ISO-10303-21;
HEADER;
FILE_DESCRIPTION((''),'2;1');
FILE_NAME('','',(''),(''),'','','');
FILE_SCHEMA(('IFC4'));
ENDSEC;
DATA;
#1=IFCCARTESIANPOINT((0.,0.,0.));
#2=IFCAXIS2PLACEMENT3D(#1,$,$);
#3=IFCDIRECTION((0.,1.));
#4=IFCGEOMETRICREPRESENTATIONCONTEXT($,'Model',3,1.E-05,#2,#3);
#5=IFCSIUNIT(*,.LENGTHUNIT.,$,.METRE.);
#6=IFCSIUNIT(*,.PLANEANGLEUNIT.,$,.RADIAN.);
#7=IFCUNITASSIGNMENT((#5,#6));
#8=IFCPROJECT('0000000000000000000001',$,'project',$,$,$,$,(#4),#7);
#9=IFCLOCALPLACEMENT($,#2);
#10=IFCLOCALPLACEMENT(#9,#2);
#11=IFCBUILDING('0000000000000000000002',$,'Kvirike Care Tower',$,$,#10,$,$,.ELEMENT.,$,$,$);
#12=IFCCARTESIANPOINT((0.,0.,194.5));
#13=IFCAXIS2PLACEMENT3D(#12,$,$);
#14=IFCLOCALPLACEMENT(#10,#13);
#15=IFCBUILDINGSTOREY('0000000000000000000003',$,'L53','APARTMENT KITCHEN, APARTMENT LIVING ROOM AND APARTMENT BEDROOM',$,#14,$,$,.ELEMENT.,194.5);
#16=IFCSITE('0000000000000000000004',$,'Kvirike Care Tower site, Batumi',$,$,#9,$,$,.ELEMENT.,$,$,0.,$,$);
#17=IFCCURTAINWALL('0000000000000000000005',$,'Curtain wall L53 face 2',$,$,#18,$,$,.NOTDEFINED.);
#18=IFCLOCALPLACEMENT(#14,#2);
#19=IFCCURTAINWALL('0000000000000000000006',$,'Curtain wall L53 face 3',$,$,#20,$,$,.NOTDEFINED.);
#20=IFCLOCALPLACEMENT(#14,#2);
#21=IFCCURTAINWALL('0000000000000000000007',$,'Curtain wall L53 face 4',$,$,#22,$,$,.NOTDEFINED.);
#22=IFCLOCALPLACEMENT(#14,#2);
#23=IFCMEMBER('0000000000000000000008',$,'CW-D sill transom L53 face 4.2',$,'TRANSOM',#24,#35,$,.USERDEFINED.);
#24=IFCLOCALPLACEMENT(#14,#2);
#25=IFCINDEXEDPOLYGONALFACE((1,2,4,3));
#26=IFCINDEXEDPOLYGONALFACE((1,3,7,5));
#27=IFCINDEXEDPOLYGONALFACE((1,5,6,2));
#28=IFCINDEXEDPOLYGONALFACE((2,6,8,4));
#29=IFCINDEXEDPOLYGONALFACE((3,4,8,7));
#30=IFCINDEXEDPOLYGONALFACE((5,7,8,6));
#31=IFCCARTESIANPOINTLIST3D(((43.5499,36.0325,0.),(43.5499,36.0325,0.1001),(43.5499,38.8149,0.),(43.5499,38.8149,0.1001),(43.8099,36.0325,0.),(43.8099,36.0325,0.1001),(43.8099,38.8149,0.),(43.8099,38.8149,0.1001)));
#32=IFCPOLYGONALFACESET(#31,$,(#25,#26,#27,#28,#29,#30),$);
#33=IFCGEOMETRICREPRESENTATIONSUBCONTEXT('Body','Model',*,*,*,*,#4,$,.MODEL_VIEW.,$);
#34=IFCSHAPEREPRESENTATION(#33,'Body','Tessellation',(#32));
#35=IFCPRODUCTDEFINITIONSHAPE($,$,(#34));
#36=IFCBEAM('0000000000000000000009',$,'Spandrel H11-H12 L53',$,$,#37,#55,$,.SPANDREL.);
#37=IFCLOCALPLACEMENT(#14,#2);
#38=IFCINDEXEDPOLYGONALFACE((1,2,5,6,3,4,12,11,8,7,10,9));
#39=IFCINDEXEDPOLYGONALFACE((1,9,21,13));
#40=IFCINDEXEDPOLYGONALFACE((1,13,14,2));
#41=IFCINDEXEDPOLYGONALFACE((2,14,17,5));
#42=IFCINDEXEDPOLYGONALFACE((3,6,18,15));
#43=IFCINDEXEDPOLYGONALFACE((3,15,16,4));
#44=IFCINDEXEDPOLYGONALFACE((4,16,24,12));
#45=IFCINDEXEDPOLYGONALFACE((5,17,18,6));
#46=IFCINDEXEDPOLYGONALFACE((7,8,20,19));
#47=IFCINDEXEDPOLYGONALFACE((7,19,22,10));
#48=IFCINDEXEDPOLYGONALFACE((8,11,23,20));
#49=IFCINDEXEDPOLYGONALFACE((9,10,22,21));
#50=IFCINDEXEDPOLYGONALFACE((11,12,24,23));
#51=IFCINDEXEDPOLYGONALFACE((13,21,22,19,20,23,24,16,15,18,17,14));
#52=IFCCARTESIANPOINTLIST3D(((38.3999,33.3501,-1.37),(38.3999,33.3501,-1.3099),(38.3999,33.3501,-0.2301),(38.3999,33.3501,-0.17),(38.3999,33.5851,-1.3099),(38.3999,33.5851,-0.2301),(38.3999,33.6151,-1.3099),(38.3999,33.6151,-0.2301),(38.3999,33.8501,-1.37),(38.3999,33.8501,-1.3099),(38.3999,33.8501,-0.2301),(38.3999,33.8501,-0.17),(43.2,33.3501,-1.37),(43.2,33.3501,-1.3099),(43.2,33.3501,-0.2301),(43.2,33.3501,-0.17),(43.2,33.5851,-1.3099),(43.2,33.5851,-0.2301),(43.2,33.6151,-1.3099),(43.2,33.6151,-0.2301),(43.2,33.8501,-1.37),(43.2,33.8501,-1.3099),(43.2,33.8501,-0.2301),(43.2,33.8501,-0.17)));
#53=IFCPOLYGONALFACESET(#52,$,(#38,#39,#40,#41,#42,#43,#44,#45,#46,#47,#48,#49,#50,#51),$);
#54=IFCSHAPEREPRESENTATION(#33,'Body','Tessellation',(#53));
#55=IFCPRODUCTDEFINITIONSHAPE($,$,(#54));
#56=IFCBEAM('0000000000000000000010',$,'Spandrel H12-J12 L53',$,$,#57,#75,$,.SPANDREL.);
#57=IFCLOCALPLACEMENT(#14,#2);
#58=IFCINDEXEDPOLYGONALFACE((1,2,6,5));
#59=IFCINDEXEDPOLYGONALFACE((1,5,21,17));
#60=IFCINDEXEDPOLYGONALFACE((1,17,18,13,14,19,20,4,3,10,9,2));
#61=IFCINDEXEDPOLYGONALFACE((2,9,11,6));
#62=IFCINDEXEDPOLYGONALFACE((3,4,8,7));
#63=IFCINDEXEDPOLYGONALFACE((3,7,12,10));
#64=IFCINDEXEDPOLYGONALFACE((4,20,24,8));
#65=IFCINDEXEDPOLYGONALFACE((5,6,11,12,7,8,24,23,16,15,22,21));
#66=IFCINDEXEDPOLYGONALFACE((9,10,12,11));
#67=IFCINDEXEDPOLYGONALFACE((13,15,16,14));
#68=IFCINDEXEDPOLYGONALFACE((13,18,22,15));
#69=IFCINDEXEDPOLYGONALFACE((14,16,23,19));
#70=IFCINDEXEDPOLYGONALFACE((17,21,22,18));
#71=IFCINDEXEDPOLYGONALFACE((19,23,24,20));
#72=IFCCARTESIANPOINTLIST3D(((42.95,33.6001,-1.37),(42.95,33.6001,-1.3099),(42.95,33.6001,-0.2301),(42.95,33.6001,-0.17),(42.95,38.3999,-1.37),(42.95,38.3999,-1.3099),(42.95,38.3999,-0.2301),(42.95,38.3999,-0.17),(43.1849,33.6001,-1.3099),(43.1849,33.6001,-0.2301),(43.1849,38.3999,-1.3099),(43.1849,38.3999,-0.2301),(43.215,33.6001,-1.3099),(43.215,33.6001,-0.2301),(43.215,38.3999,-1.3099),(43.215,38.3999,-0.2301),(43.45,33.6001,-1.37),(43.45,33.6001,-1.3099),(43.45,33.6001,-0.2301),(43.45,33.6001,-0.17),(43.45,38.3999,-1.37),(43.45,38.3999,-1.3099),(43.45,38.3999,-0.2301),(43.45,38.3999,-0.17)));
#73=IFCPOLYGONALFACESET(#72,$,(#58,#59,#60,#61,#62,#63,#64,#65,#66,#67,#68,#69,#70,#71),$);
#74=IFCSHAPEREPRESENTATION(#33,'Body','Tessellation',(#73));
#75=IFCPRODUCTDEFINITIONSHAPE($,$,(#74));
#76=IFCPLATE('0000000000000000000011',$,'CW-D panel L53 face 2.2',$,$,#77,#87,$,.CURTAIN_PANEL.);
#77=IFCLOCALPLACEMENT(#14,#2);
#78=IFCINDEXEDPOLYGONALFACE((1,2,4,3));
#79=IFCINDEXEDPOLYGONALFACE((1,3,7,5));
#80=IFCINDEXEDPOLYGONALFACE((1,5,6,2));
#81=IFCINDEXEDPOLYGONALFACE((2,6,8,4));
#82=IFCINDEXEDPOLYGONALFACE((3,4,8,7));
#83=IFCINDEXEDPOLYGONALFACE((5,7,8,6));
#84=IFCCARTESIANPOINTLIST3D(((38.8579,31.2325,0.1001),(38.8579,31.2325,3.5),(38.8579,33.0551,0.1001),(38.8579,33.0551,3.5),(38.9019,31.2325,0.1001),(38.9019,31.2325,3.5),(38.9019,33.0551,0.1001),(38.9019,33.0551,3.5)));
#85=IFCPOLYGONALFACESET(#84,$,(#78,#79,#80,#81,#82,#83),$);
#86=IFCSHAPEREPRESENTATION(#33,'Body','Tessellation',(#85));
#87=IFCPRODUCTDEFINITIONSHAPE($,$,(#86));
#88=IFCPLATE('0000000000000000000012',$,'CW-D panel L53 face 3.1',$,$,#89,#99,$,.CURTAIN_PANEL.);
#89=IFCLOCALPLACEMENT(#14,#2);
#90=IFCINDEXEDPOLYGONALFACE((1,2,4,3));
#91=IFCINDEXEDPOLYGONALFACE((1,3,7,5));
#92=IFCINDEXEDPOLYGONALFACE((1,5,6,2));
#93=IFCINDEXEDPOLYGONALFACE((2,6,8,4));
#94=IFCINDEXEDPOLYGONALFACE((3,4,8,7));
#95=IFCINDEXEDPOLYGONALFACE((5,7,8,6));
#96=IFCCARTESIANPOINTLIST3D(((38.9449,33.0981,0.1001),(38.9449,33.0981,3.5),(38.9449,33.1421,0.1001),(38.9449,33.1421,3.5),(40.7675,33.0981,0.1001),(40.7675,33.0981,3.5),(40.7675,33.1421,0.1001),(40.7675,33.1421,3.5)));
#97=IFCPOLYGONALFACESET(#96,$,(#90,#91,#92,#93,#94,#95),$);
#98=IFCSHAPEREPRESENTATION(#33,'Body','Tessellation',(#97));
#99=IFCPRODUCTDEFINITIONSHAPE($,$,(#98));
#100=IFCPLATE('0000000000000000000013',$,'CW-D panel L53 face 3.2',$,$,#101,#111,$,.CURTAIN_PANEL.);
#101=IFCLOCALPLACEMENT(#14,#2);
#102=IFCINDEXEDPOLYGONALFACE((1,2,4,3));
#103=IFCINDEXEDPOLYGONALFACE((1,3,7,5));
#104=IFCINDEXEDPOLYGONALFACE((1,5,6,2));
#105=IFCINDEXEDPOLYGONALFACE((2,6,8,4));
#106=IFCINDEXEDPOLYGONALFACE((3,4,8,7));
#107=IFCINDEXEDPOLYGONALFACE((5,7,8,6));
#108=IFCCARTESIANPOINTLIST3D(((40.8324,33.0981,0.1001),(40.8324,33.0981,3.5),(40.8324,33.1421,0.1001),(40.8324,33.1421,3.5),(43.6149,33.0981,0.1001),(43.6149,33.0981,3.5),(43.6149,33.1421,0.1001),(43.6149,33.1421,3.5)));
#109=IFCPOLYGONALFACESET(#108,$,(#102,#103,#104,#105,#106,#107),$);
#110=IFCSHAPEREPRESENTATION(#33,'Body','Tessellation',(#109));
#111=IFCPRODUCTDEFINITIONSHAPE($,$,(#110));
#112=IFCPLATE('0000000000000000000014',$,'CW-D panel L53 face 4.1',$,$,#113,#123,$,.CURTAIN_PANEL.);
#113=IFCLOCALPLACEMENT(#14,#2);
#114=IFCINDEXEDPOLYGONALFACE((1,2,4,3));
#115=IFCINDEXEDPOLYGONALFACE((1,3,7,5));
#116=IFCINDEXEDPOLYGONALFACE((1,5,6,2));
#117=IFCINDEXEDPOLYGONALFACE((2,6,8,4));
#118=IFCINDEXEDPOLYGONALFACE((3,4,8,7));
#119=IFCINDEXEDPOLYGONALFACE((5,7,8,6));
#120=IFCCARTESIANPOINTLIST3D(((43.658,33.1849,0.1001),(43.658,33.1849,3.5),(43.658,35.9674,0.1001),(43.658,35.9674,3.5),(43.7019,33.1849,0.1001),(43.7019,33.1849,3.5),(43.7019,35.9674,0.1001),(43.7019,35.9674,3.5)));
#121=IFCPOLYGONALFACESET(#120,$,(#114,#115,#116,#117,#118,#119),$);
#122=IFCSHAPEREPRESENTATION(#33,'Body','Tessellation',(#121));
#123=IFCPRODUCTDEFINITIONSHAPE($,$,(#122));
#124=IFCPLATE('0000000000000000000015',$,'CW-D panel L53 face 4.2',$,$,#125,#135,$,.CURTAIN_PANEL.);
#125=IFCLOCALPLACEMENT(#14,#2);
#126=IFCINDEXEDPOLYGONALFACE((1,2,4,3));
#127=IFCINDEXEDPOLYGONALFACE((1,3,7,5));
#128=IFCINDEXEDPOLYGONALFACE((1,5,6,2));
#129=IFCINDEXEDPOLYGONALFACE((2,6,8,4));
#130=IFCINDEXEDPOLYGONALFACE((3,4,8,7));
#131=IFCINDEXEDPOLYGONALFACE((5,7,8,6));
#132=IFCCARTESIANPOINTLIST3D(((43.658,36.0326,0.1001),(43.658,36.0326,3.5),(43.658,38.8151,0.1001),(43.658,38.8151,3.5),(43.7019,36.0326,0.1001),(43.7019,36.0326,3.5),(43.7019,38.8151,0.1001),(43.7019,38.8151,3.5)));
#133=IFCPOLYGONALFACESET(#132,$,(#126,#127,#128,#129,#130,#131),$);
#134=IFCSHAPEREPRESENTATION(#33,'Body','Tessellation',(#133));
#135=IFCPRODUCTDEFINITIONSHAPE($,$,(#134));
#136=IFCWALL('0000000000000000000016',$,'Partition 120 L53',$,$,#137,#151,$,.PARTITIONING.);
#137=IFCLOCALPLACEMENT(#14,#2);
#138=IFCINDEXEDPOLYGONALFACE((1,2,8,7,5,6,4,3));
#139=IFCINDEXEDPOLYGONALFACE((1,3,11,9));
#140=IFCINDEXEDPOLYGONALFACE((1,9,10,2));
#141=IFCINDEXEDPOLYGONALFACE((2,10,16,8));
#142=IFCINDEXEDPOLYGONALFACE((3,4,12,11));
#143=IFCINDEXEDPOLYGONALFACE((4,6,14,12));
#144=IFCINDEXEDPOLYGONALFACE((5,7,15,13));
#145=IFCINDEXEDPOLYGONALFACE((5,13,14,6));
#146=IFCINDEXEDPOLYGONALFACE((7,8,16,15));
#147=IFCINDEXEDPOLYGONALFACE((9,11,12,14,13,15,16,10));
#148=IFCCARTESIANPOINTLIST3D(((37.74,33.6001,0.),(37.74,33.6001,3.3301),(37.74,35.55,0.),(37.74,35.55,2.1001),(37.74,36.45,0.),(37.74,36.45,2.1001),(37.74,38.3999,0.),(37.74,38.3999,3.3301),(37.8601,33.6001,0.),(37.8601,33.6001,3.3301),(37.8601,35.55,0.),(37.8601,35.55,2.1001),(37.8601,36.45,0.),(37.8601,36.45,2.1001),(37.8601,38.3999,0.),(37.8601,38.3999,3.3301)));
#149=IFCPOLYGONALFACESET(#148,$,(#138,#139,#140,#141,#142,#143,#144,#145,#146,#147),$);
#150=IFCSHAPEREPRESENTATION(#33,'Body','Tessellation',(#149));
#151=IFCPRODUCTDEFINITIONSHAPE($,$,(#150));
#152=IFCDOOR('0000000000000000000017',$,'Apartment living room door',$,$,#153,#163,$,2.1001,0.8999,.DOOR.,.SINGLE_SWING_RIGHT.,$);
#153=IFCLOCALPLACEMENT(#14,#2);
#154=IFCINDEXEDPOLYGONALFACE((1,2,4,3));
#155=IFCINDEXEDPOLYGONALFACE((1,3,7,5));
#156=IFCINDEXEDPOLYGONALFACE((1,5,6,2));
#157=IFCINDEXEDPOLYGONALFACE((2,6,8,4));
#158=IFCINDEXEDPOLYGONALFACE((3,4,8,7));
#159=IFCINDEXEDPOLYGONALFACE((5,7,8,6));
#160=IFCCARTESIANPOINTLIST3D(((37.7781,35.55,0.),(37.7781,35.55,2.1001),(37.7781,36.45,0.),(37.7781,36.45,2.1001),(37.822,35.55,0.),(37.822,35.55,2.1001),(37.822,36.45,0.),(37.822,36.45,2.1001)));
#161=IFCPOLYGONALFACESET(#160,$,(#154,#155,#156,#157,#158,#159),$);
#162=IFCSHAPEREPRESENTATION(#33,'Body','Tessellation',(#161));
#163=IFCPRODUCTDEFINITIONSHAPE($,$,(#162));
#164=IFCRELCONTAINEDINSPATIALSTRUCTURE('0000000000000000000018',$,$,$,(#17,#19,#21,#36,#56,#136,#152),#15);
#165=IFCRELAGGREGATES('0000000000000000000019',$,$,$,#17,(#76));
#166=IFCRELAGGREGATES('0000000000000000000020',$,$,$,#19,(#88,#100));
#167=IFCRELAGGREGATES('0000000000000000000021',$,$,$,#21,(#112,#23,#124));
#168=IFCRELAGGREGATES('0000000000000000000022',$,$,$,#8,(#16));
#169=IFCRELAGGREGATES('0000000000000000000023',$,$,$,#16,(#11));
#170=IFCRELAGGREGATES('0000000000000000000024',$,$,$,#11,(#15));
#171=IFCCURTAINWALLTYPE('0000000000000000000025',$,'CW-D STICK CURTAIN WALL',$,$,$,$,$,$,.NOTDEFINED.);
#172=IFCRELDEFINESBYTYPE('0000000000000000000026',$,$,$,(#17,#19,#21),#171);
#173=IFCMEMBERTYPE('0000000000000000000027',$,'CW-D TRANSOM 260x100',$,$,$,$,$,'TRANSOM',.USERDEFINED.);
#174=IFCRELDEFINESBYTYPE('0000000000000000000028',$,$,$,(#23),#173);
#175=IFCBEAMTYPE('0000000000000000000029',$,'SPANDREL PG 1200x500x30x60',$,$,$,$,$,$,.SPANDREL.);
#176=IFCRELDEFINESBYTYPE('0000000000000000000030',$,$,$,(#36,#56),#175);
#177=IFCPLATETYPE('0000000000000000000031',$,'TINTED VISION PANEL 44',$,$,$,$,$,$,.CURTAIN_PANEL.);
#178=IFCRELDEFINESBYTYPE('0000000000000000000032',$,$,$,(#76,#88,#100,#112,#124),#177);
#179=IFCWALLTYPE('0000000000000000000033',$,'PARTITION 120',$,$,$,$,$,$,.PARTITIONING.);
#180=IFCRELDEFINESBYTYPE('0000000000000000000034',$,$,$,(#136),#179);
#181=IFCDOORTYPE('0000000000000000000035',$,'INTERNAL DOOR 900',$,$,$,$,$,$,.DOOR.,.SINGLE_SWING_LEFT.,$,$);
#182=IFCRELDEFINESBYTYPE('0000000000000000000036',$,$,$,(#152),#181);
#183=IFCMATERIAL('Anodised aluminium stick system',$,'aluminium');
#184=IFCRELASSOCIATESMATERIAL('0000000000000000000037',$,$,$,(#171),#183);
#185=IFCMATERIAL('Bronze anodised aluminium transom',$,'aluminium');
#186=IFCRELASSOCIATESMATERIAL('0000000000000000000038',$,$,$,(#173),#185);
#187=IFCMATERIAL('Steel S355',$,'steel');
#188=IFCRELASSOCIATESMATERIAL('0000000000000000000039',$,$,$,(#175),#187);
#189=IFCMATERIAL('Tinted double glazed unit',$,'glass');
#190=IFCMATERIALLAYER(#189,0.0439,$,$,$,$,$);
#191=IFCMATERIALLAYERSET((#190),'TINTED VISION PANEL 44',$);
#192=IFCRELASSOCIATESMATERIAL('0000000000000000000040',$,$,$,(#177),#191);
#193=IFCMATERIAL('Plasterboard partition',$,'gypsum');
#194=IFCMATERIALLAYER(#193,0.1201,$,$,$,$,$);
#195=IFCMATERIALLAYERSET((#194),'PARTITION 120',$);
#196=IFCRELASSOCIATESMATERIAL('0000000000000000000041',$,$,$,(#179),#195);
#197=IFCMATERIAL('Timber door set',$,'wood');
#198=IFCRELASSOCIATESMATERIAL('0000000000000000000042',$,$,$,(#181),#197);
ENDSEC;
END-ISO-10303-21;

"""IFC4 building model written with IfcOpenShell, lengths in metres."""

from ifc_helpers import new_model, si_unit, direction, frame, frame_2d, origin, origin_2d, place, context, subcontext, project, spatial, rectangle, i_section, extrude, material, layer, layer_set, material_profile, profile_set, type_object, element, fill, aggregate, save


model = new_model("IFC4")

# Units and contexts
model_context = context("Model", 3, precision=1e-05, world=origin(), true_north=direction((0.0, 1.0)))
body_context = subcontext(model_context, "Body", "Model", "MODEL_VIEW")
ifc_project = project(units=[si_unit("LENGTHUNIT", "METRE"), si_unit("PLANEANGLEUNIT", "RADIAN")], contexts=[model_context])

# Site, building, storey
site_placement = place(None, origin())
site = spatial("IfcSite", under=ifc_project, at=site_placement, Name="Kvirike Care Tower site, Batumi", CompositionType="ELEMENT", RefElevation=0.0)
building_placement = place(site_placement, origin())
building = spatial("IfcBuilding", under=site, at=building_placement, Name="Kvirike Care Tower", CompositionType="ELEMENT")
storey_placement = place(building_placement, frame((0.0, 0.0, 194.5)))
storey = spatial("IfcBuildingStorey", under=building, at=storey_placement, Name="L53", Description="APARTMENT KITCHEN, APARTMENT LIVING ROOM AND APARTMENT BEDROOM", CompositionType="ELEMENT", Elevation=194.5)

# Curtain wall
ifc_material_1 = material(Name="Anodised aluminium stick system", Category="aluminium")
curtain_wall_type = type_object("IfcCurtainWallType", Name="CW-D STICK CURTAIN WALL", PredefinedType="NOTDEFINED", material=ifc_material_1)
curtain_wall_1_placement = place(storey_placement, origin())
curtain_wall_1 = element("IfcCurtainWall", 1, at=curtain_wall_1_placement, inside=storey, type_object=curtain_wall_type, Name="Curtain wall L53 face 2", PredefinedType="NOTDEFINED")

# Curtain walls
curtain_wall_2_placement = place(storey_placement, origin())
curtain_wall_2 = element("IfcCurtainWall", 2, at=curtain_wall_2_placement, inside=storey, type_object=curtain_wall_type, Name="Curtain wall L53 face 3", PredefinedType="NOTDEFINED")
curtain_wall_3_placement = place(storey_placement, origin())
curtain_wall_3 = element("IfcCurtainWall", 3, at=curtain_wall_3_placement, inside=storey, type_object=curtain_wall_type, Name="Curtain wall L53 face 4", PredefinedType="NOTDEFINED")

# Member
ifc_material_2 = material(Name="Bronze anodised aluminium transom", Category="aluminium")
ifc_material_profile_1 = material_profile(ifc_material_2, rectangle(XDim=0.26, YDim=0.1001, at=origin_2d()), Name="CW-D TRANSOM 260x100")
ifc_profile_set_1 = profile_set([ifc_material_profile_1], Name="Bronze anodised aluminium transom")
member_type_1 = type_object("IfcMemberType", Name="CW-D TRANSOM 260x100", ElementType="TRANSOM", PredefinedType="USERDEFINED", material=ifc_profile_set_1)
member_1_placement = place(storey_placement, frame((43.6799, 36.0325, 0.05), z_axis=(0.0, 1.0, 0.0), x_axis=(-1.0, 0.0, 0.0)))
member_1 = element("IfcMember", 4, at=member_1_placement, type_object=member_type_1, Name="CW-D sill transom L53 face 4.2", ObjectType="TRANSOM", PredefinedType="USERDEFINED", context=body_context, shape_type="SweptSolid", body=[
    extrude(rectangle(XDim=0.26, YDim=0.1001, at=origin_2d()), origin(), (0.0, 0.0, 1.0), 2.7825),
])

# Beams
ifc_material_3 = material(Name="Steel S355", Category="steel")
ifc_material_profile_2 = material_profile(ifc_material_3, i_section(OverallWidth=0.5, OverallDepth=1.2, WebThickness=0.03, FlangeThickness=0.0601, at=origin_2d()), Name="PG 1200x500x30x60")
ifc_profile_set_2 = profile_set([ifc_material_profile_2], Name="Steel S355")
beam_type = type_object("IfcBeamType", Name="SPANDREL PG 1200x500x30x60", PredefinedType="SPANDREL", material=ifc_profile_set_2)
beam_1_placement = place(storey_placement, frame((38.3999, 33.6001, -0.77), z_axis=(1.0, 0.0, 0.0), x_axis=(0.0, 1.0, 0.0)))
element("IfcBeam", 5, at=beam_1_placement, inside=storey, type_object=beam_type, Name="Spandrel H11-H12 L53", PredefinedType="SPANDREL", context=body_context, shape_type="SweptSolid", body=[
    extrude(i_section(OverallWidth=0.5, OverallDepth=1.2, WebThickness=0.03, FlangeThickness=0.0601, at=origin_2d()), origin(), (0.0, 0.0, 1.0), 4.8),
])
beam_2_placement = place(storey_placement, frame((43.2, 33.6001, -0.77), z_axis=(0.0, 1.0, 0.0), x_axis=(-1.0, 0.0, 0.0)))
element("IfcBeam", 6, at=beam_2_placement, inside=storey, type_object=beam_type, Name="Spandrel H12-J12 L53", PredefinedType="SPANDREL", context=body_context, shape_type="SweptSolid", body=[
    extrude(i_section(OverallWidth=0.5, OverallDepth=1.2, WebThickness=0.03, FlangeThickness=0.0601, at=origin_2d()), origin(), (0.0, 0.0, 1.0), 4.7998),
])

# Plates
ifc_material_4 = material(Name="Tinted double glazed unit", Category="glass")
ifc_layer_1 = layer(ifc_material_4, 0.0439)
ifc_layer_set_1 = layer_set([ifc_layer_1], Name="TINTED VISION PANEL 44")
plate_type = type_object("IfcPlateType", Name="TINTED VISION PANEL 44", PredefinedType="CURTAIN_PANEL", material=ifc_layer_set_1)
plate_1_placement = place(storey_placement, frame((38.8799, 32.1438, 0.1001), z_axis=(0.0, 0.0, 1.0), x_axis=(0.0, 1.0, 0.0)))
plate_1 = element("IfcPlate", 7, at=plate_1_placement, type_object=plate_type, Name="CW-D panel L53 face 2.2", PredefinedType="CURTAIN_PANEL", context=body_context, shape_type="SweptSolid", body=[
    extrude(rectangle(XDim=1.8225, YDim=0.0439, at=origin_2d()), origin(), (0.0, 0.0, 1.0), 3.3999),
])
aggregate(curtain_wall_1, [plate_1])
plate_2_placement = place(storey_placement, frame((39.8562, 33.1201, 0.1001), z_axis=(0.0, 0.0, 1.0), x_axis=(1.0, 0.0, 0.0)))
plate_2 = element("IfcPlate", 8, at=plate_2_placement, type_object=plate_type, Name="CW-D panel L53 face 3.1", PredefinedType="CURTAIN_PANEL", context=body_context, shape_type="SweptSolid", body=[
    extrude(rectangle(XDim=1.8225, YDim=0.0439, at=origin_2d()), origin(), (0.0, 0.0, 1.0), 3.3999),
])
plate_3_placement = place(storey_placement, frame((42.2236, 33.1201, 0.1001), z_axis=(0.0, 0.0, 1.0), x_axis=(1.0, 0.0, 0.0)))
plate_3 = element("IfcPlate", 9, at=plate_3_placement, type_object=plate_type, Name="CW-D panel L53 face 3.2", PredefinedType="CURTAIN_PANEL", context=body_context, shape_type="SweptSolid", body=[
    extrude(rectangle(XDim=2.7825, YDim=0.0439, at=origin_2d()), origin(), (0.0, 0.0, 1.0), 3.3999),
])
aggregate(curtain_wall_2, [plate_2, plate_3])
plate_4_placement = place(storey_placement, frame((43.6799, 34.5762, 0.1001), z_axis=(0.0, 0.0, 1.0), x_axis=(0.0, 1.0, 0.0)))
plate_4 = element("IfcPlate", 10, at=plate_4_placement, type_object=plate_type, Name="CW-D panel L53 face 4.1", PredefinedType="CURTAIN_PANEL", context=body_context, shape_type="SweptSolid", body=[
    extrude(rectangle(XDim=2.7825, YDim=0.0439, at=origin_2d()), origin(), (0.0, 0.0, 1.0), 3.3999),
])
plate_5_placement = place(storey_placement, frame((43.6799, 37.4238, 0.1001), z_axis=(0.0, 0.0, 1.0), x_axis=(0.0, 1.0, 0.0)))
plate_5 = element("IfcPlate", 11, at=plate_5_placement, type_object=plate_type, Name="CW-D panel L53 face 4.2", PredefinedType="CURTAIN_PANEL", context=body_context, shape_type="SweptSolid", body=[
    extrude(rectangle(XDim=2.7825, YDim=0.0439, at=origin_2d()), origin(), (0.0, 0.0, 1.0), 3.3999),
])
aggregate(curtain_wall_3, [plate_4, member_1, plate_5])

# Wall, opening, door
ifc_material_5 = material(Name="Plasterboard partition", Category="gypsum")
ifc_layer_2 = layer(ifc_material_5, 0.1201)
ifc_layer_set_2 = layer_set([ifc_layer_2], Name="PARTITION 120")
wall_type_1 = type_object("IfcWallType", Name="PARTITION 120", PredefinedType="PARTITIONING", material=ifc_layer_set_2)
wall_1_placement = place(storey_placement, frame((37.8, 33.6001, 0.0), z_axis=(0.0, 0.0, 1.0), x_axis=(0.0, 1.0, 0.0)))
wall_1 = element("IfcWall", 12, at=wall_1_placement, inside=storey, type_object=wall_type_1, Name="Partition 120 L53", PredefinedType="PARTITIONING", context=body_context, shape_type="SweptSolid", body=[
    extrude(rectangle(XDim=4.7998, YDim=0.1201, at=frame_2d((2.3999, 0.0))), origin(), (0.0, 0.0, 1.0), 3.3301),
])
opening_1_placement = place(wall_1_placement, frame((1.95, 0.0, 0.0)))
opening_1 = element("IfcOpeningElement", 13, at=opening_1_placement, cuts=wall_1, PredefinedType="OPENING", context=body_context, shape_type="SweptSolid", body=[
    extrude(rectangle(XDim=0.8999, YDim=2.1001, at=frame_2d((0.45, 1.05))), frame((0.0, 0.0706, 0.0), z_axis=(0.0, -1.0, 0.0), x_axis=(1.0, 0.0, 0.0)), (0.0, 0.0, 1.0), 0.1411),
])
ifc_material_6 = material(Name="Timber door set", Category="wood")
door_type = type_object("IfcDoorType", Name="INTERNAL DOOR 900", OperationType="SINGLE_SWING_LEFT", PredefinedType="DOOR", material=ifc_material_6)
door_1_placement = place(opening_1_placement, frame((0.8999, 0.0, 0.0), z_axis=(0.0, 0.0, 1.0), x_axis=(-1.0, 0.0, 0.0)))
door_1 = element("IfcDoor", 14, at=door_1_placement, inside=storey, type_object=door_type, Name="Apartment living room door", OperationType="SINGLE_SWING_RIGHT", OverallHeight=2.1001, OverallWidth=0.8999, PredefinedType="DOOR", context=body_context, shape_type="SweptSolid", body=[
    extrude(rectangle(XDim=0.8999, YDim=2.1001, at=frame_2d((0.45, 1.05))), frame((0.0, 0.022, 0.0), z_axis=(0.0, -1.0, 0.0), x_axis=(1.0, 0.0, 0.0)), (0.0, 0.0, 1.0), 0.0439),
])
fill(opening_1, door_1)

save(model, "model.ifc")
